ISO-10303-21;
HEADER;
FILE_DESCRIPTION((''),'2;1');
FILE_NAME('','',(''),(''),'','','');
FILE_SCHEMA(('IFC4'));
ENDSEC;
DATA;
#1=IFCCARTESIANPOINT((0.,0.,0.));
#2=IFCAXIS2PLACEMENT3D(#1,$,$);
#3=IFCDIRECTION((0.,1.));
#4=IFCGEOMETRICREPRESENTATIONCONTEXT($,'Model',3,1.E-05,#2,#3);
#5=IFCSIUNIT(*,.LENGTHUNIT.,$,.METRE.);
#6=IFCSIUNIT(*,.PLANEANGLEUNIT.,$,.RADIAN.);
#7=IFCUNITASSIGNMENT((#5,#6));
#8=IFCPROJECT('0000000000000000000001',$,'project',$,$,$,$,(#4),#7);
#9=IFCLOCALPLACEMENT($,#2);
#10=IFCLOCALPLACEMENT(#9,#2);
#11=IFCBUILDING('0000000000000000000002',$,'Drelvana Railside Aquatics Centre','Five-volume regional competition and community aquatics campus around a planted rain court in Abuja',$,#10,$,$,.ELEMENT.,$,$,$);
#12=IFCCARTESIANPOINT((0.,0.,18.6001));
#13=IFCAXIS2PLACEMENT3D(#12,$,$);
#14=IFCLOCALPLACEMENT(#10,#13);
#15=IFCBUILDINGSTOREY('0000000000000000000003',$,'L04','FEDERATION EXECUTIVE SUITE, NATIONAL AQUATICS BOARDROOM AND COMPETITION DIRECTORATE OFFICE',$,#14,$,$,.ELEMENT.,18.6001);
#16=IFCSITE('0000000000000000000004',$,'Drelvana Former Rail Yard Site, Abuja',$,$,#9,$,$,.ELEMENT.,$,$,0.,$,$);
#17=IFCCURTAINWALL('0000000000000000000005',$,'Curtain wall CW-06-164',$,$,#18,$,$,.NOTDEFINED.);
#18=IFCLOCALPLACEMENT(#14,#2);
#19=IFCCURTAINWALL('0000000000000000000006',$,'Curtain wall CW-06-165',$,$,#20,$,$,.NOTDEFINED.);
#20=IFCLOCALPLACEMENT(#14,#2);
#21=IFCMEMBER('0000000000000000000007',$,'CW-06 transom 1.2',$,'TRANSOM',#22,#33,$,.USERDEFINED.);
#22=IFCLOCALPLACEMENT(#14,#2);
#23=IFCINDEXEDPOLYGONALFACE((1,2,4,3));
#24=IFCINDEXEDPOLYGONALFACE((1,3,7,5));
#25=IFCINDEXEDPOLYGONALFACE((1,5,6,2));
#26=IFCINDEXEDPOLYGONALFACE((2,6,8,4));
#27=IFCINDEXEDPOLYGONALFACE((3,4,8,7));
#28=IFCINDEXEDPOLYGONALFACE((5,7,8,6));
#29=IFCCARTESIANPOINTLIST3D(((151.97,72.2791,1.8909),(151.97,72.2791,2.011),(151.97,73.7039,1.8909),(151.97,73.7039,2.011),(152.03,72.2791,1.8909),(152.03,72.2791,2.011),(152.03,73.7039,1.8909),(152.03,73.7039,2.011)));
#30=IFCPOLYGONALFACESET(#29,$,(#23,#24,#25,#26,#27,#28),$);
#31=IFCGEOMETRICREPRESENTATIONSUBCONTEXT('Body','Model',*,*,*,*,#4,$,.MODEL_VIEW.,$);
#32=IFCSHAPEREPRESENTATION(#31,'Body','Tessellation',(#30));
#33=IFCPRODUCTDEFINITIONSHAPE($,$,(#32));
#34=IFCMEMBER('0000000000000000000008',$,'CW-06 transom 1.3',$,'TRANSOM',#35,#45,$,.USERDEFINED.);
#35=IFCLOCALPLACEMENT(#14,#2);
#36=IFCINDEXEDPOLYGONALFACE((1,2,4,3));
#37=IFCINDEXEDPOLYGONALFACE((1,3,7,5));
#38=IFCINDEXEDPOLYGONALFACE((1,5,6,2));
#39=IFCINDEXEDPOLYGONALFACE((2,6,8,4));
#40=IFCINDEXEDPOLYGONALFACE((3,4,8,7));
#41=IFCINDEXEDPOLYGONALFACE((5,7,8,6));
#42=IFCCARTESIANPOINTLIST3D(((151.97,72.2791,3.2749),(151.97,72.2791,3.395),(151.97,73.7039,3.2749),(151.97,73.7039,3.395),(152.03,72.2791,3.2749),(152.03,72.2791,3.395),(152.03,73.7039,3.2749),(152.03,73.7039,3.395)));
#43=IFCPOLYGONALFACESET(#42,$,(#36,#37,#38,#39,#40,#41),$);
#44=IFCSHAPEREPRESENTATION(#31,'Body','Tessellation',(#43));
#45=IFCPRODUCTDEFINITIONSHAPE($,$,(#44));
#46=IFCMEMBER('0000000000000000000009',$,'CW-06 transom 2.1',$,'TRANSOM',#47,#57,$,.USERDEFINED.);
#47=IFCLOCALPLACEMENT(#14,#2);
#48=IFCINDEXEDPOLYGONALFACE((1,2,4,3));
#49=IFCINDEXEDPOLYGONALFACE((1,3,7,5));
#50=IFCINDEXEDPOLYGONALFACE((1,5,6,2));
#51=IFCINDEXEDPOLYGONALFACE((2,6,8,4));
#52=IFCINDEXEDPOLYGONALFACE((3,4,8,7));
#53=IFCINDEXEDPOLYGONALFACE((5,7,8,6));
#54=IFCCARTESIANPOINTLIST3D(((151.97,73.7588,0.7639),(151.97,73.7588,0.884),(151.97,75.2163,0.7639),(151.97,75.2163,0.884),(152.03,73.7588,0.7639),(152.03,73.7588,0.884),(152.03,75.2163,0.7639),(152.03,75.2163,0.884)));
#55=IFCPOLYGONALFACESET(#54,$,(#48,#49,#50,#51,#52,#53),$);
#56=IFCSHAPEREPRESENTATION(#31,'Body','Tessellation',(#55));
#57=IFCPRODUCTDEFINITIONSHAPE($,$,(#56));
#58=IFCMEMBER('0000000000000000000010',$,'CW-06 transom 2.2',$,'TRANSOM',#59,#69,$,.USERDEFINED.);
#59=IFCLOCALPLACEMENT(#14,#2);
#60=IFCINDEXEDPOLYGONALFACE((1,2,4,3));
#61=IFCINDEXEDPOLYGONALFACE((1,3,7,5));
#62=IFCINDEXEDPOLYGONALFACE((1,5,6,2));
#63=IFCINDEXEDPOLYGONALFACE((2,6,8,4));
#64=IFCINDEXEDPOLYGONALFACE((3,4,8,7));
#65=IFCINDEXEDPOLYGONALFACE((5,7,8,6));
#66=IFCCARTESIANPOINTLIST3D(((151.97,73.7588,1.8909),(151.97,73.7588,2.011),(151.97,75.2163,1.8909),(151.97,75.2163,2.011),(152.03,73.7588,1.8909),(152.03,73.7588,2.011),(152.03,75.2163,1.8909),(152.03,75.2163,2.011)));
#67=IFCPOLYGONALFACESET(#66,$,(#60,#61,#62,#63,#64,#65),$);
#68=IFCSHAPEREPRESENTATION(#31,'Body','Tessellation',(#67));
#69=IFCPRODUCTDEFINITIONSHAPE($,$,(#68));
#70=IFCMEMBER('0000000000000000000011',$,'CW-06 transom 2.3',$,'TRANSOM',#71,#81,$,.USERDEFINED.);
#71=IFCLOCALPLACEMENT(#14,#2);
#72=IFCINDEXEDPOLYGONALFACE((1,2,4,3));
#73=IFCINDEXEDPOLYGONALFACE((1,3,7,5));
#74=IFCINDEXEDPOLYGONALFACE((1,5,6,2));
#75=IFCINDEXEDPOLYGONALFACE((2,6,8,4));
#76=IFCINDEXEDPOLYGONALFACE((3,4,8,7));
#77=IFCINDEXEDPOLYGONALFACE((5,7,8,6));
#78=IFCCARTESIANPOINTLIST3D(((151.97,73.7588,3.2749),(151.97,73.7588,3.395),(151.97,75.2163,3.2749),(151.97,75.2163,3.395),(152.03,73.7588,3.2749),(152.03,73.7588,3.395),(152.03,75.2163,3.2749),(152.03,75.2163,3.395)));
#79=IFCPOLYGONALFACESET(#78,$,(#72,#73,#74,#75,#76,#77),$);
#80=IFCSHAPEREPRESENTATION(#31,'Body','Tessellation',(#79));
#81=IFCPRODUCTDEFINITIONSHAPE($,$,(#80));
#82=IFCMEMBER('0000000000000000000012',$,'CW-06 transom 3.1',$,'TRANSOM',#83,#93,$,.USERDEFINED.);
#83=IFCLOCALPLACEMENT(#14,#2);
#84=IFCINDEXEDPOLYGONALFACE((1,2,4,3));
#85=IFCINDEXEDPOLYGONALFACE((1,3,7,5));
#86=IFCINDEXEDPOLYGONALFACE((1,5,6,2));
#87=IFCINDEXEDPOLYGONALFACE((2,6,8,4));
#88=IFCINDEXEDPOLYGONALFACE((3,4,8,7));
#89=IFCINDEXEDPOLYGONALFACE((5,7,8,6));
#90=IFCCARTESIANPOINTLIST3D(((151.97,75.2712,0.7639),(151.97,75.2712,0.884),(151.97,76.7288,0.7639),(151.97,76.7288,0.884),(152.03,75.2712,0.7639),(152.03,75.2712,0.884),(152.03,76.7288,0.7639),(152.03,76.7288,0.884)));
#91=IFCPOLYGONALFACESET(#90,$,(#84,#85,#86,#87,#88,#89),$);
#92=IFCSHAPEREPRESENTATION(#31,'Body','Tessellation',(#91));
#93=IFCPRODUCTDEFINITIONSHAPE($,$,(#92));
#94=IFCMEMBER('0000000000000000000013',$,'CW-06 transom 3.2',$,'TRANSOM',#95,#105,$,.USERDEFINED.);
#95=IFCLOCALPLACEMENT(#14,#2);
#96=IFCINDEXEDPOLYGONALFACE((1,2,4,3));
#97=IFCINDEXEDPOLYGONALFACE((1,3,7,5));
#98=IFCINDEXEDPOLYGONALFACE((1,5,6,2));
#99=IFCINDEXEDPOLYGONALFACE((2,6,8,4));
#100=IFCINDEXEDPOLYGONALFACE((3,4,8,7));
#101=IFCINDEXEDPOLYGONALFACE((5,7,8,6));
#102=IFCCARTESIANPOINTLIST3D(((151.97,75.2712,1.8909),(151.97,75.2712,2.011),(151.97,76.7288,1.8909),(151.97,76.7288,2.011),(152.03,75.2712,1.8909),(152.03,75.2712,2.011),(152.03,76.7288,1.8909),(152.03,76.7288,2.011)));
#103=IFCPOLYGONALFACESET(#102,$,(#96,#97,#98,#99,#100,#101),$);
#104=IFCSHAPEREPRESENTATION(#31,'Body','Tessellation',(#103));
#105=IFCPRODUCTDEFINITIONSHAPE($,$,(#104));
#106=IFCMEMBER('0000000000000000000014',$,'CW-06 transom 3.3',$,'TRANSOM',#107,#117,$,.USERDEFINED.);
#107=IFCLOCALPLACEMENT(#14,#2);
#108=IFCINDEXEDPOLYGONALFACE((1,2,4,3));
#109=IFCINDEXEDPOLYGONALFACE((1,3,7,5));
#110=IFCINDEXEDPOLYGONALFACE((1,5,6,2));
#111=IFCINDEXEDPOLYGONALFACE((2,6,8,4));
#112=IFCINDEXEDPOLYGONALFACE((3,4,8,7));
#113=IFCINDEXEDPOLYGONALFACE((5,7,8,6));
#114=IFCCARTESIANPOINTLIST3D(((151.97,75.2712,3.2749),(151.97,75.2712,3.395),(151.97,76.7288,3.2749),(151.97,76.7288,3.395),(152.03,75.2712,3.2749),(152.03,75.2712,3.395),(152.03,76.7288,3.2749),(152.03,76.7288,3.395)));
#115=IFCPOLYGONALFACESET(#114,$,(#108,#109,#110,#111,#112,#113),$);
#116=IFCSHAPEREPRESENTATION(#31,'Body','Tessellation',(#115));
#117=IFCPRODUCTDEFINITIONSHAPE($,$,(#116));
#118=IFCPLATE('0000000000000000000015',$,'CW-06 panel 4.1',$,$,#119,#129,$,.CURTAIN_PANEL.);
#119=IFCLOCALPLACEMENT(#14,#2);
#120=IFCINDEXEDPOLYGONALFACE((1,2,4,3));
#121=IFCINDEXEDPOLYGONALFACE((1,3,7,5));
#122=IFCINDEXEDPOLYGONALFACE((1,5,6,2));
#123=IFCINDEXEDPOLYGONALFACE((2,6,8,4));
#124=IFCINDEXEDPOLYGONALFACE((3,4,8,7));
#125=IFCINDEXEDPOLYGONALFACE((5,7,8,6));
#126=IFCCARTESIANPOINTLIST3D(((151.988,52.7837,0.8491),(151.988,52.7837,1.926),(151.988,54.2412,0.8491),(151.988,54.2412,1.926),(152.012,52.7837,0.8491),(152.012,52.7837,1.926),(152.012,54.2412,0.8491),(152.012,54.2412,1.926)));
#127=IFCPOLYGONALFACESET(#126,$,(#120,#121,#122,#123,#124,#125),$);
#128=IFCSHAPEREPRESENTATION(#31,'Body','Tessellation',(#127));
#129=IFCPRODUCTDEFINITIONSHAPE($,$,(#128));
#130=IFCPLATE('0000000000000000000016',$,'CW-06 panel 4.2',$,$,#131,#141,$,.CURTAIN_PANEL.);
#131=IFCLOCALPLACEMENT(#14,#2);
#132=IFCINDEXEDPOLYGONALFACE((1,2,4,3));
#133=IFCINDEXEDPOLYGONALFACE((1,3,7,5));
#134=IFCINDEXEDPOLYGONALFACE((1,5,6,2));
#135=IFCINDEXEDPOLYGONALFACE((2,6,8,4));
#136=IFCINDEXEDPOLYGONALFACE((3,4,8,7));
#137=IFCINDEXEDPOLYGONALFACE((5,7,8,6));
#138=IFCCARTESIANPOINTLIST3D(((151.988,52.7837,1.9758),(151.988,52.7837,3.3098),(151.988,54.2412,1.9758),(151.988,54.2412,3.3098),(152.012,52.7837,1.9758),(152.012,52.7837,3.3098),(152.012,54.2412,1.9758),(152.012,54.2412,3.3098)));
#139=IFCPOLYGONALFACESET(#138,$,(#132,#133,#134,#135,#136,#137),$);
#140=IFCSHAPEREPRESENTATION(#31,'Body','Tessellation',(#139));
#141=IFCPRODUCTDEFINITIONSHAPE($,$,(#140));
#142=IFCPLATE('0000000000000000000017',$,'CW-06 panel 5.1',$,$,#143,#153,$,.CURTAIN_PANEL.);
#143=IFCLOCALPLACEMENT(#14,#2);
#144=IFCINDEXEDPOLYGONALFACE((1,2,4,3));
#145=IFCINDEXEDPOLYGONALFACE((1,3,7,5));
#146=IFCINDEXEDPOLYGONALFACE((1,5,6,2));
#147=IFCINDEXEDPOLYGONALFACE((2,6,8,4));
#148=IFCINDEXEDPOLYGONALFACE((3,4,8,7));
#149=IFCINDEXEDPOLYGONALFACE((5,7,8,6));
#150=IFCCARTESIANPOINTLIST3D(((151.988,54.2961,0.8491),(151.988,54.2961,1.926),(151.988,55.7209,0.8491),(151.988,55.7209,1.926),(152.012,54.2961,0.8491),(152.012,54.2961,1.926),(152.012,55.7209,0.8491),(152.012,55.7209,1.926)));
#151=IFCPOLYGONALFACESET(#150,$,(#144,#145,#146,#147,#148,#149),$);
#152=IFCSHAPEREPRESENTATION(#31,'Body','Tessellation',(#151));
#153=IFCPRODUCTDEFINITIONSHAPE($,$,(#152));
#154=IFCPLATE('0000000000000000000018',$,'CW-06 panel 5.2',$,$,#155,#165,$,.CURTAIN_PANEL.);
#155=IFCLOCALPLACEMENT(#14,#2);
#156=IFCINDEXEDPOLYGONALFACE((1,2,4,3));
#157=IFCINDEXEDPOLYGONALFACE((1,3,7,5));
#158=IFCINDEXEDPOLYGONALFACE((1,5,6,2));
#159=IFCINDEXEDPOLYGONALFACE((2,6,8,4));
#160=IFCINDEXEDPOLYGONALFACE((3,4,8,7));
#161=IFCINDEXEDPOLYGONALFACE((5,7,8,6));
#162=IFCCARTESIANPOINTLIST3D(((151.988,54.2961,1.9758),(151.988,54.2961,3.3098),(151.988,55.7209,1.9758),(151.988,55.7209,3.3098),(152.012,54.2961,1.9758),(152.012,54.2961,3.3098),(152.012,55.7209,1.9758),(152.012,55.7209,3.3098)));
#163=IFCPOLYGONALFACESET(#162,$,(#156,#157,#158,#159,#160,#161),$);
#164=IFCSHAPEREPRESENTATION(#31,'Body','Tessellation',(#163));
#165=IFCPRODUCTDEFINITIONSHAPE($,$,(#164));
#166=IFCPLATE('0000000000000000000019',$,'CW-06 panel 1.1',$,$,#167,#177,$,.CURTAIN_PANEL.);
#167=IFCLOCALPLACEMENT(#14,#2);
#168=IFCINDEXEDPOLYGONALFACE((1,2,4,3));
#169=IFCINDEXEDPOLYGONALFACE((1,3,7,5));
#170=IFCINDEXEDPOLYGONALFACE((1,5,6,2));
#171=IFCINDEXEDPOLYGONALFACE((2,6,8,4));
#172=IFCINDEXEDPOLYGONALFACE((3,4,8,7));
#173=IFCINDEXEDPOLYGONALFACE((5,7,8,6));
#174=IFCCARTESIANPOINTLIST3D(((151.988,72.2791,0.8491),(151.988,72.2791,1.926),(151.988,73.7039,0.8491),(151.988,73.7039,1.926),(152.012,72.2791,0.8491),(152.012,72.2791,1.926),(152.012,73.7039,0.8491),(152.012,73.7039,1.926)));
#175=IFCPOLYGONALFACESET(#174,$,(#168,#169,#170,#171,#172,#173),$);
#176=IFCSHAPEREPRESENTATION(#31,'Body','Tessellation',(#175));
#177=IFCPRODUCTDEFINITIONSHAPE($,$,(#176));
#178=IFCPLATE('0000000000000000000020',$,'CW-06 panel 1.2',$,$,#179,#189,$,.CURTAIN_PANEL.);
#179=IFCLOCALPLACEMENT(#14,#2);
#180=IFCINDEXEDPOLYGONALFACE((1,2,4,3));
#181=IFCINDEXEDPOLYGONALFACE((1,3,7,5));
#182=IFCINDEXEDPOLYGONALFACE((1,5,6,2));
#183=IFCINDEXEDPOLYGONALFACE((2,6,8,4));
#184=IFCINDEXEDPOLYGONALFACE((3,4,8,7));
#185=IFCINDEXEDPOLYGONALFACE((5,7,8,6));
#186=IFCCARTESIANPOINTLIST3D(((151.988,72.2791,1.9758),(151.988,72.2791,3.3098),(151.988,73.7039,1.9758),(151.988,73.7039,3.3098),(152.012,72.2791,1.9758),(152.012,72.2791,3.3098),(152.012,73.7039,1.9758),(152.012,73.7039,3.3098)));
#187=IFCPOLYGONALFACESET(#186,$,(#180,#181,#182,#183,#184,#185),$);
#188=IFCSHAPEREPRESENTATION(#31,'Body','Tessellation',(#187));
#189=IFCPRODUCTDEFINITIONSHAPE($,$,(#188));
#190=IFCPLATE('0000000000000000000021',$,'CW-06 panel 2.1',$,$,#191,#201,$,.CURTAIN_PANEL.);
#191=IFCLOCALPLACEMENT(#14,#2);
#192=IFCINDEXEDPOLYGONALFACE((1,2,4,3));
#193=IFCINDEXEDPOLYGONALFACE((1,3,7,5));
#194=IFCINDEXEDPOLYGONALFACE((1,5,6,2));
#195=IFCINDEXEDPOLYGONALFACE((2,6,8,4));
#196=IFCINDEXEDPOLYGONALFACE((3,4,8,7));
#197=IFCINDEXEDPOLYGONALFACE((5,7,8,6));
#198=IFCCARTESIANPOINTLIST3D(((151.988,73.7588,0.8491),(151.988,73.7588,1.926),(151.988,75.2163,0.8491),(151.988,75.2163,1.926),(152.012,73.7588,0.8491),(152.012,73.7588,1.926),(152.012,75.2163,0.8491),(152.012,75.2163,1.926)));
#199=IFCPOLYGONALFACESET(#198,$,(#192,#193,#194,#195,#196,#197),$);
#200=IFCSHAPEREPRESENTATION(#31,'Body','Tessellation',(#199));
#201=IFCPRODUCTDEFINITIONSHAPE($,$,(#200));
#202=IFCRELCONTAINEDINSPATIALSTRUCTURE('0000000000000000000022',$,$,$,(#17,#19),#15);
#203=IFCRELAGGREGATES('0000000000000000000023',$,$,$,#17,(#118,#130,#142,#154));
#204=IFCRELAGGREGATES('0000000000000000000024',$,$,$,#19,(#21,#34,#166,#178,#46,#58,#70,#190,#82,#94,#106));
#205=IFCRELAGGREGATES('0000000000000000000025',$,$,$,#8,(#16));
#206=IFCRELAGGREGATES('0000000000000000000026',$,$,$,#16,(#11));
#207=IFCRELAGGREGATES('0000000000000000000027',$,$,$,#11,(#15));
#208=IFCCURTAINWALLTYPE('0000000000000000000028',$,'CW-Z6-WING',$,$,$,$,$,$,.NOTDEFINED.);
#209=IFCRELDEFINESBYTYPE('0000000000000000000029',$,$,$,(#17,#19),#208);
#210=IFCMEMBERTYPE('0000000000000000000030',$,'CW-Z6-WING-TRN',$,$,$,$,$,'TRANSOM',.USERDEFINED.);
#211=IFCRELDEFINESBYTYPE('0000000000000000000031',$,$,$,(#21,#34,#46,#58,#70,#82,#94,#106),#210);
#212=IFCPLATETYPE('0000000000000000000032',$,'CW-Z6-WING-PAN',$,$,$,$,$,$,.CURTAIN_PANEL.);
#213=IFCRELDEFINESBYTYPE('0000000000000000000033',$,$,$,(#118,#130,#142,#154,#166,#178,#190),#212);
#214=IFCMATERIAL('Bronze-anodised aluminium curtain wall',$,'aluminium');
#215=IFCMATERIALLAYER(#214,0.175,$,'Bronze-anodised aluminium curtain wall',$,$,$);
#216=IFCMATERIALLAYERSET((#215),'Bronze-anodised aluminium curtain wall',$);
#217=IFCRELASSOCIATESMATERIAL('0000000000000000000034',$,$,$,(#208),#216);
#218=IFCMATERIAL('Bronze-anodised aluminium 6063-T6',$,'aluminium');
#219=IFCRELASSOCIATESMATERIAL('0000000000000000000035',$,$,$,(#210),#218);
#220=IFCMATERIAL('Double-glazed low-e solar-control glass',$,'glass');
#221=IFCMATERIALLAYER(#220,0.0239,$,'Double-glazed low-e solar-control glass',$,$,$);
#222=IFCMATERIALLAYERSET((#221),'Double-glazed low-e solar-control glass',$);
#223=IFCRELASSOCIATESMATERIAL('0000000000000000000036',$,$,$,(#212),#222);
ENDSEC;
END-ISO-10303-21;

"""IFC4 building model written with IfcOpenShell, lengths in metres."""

from ifc_helpers import new_model, si_unit, direction, frame, origin, origin_2d, place, context, subcontext, project, spatial, rectangle, extrude, material, layer, layer_set, material_profile, profile_set, type_object, element, aggregate, save


model = new_model("IFC4")

# Units and contexts
model_context = context("Model", 3, precision=1e-05, world=origin(), true_north=direction((0.0, 1.0)))
body_context = subcontext(model_context, "Body", "Model", "MODEL_VIEW")
ifc_project = project(units=[si_unit("LENGTHUNIT", "METRE"), si_unit("PLANEANGLEUNIT", "RADIAN")], contexts=[model_context])

# Site, building, storey
site_placement = place(None, origin())
site = spatial("IfcSite", under=ifc_project, at=site_placement, Name="Drelvana Former Rail Yard Site, Abuja", CompositionType="ELEMENT", RefElevation=0.0)
building_placement = place(site_placement, origin())
building = spatial("IfcBuilding", under=site, at=building_placement, Name="Drelvana Railside Aquatics Centre", Description="Five-volume regional competition and community aquatics campus around a planted rain court in Abuja", CompositionType="ELEMENT")
storey_placement = place(building_placement, frame((0.0, 0.0, 18.6001)))
storey = spatial("IfcBuildingStorey", under=building, at=storey_placement, Name="L04", Description="FEDERATION EXECUTIVE SUITE, NATIONAL AQUATICS BOARDROOM AND COMPETITION DIRECTORATE OFFICE", CompositionType="ELEMENT", Elevation=18.6001)

# Curtain walls
ifc_material_1 = material(Name="Bronze-anodised aluminium curtain wall", Category="aluminium")
ifc_layer_1 = layer(ifc_material_1, 0.175, Name="Bronze-anodised aluminium curtain wall")
ifc_layer_set_1 = layer_set([ifc_layer_1], Name="Bronze-anodised aluminium curtain wall")
curtain_wall_type = type_object("IfcCurtainWallType", Name="CW-Z6-WING", PredefinedType="NOTDEFINED", material=ifc_layer_set_1)
curtain_wall_1_placement = place(storey_placement, origin())
curtain_wall_1 = element("IfcCurtainWall", 1, at=curtain_wall_1_placement, inside=storey, type_object=curtain_wall_type, Name="Curtain wall CW-06-164", PredefinedType="NOTDEFINED")
ifc_material_2 = material(Name="Bronze-anodised aluminium 6063-T6", Category="aluminium")
curtain_wall_2_placement = place(storey_placement, origin())
curtain_wall_2 = element("IfcCurtainWall", 2, at=curtain_wall_2_placement, inside=storey, type_object=curtain_wall_type, Name="Curtain wall CW-06-165", PredefinedType="NOTDEFINED")

# Members
ifc_material_profile_1 = material_profile(ifc_material_2, rectangle(XDim=0.1201, YDim=0.0601, at=origin_2d()), Name="ALU-T 60x120")
ifc_profile_set_1 = profile_set([ifc_material_profile_1], Name="Bronze-anodised aluminium 6063-T6")
member_type_1 = type_object("IfcMemberType", Name="CW-Z6-WING-TRN", ElementType="TRANSOM", PredefinedType="USERDEFINED", material=ifc_profile_set_1)
member_1_placement = place(storey_placement, frame((152.0, 72.2791, 1.9509), z_axis=(0.0, 1.0, 0.0), x_axis=(0.0, 0.0, 1.0)))
member_1 = element("IfcMember", 3, at=member_1_placement, type_object=member_type_1, Name="CW-06 transom 1.2", ObjectType="TRANSOM", PredefinedType="USERDEFINED", context=body_context, shape_type="SweptSolid", body=[
    extrude(rectangle(XDim=0.1201, YDim=0.0601, at=origin_2d()), origin(), (0.0, 0.0, 1.0), 1.4248),
])
member_2_placement = place(storey_placement, frame((152.0, 72.2791, 3.335), z_axis=(0.0, 1.0, 0.0), x_axis=(0.0, 0.0, 1.0)))
member_2 = element("IfcMember", 4, at=member_2_placement, type_object=member_type_1, Name="CW-06 transom 1.3", ObjectType="TRANSOM", PredefinedType="USERDEFINED", context=body_context, shape_type="SweptSolid", body=[
    extrude(rectangle(XDim=0.1201, YDim=0.0601, at=origin_2d()), origin(), (0.0, 0.0, 1.0), 1.4248),
])
member_3_placement = place(storey_placement, frame((152.0, 73.7588, 0.824), z_axis=(0.0, 1.0, 0.0), x_axis=(0.0, 0.0, 1.0)))
member_3 = element("IfcMember", 5, at=member_3_placement, type_object=member_type_1, Name="CW-06 transom 2.1", ObjectType="TRANSOM", PredefinedType="USERDEFINED", context=body_context, shape_type="SweptSolid", body=[
    extrude(rectangle(XDim=0.1201, YDim=0.0601, at=origin_2d()), origin(), (0.0, 0.0, 1.0), 1.4575),
])
member_4_placement = place(storey_placement, frame((152.0, 73.7588, 1.9509), z_axis=(0.0, 1.0, 0.0), x_axis=(0.0, 0.0, 1.0)))
member_4 = element("IfcMember", 6, at=member_4_placement, type_object=member_type_1, Name="CW-06 transom 2.2", ObjectType="TRANSOM", PredefinedType="USERDEFINED", context=body_context, shape_type="SweptSolid", body=[
    extrude(rectangle(XDim=0.1201, YDim=0.0601, at=origin_2d()), origin(), (0.0, 0.0, 1.0), 1.4575),
])
member_5_placement = place(storey_placement, frame((152.0, 73.7588, 3.335), z_axis=(0.0, 1.0, 0.0), x_axis=(0.0, 0.0, 1.0)))
member_5 = element("IfcMember", 7, at=member_5_placement, type_object=member_type_1, Name="CW-06 transom 2.3", ObjectType="TRANSOM", PredefinedType="USERDEFINED", context=body_context, shape_type="SweptSolid", body=[
    extrude(rectangle(XDim=0.1201, YDim=0.0601, at=origin_2d()), origin(), (0.0, 0.0, 1.0), 1.4575),
])
member_6_placement = place(storey_placement, frame((152.0, 75.2712, 0.824), z_axis=(0.0, 1.0, 0.0), x_axis=(0.0, 0.0, 1.0)))
member_6 = element("IfcMember", 8, at=member_6_placement, type_object=member_type_1, Name="CW-06 transom 3.1", ObjectType="TRANSOM", PredefinedType="USERDEFINED", context=body_context, shape_type="SweptSolid", body=[
    extrude(rectangle(XDim=0.1201, YDim=0.0601, at=origin_2d()), origin(), (0.0, 0.0, 1.0), 1.4575),
])
member_7_placement = place(storey_placement, frame((152.0, 75.2712, 1.9509), z_axis=(0.0, 1.0, 0.0), x_axis=(0.0, 0.0, 1.0)))
member_7 = element("IfcMember", 9, at=member_7_placement, type_object=member_type_1, Name="CW-06 transom 3.2", ObjectType="TRANSOM", PredefinedType="USERDEFINED", context=body_context, shape_type="SweptSolid", body=[
    extrude(rectangle(XDim=0.1201, YDim=0.0601, at=origin_2d()), origin(), (0.0, 0.0, 1.0), 1.4575),
])
member_8_placement = place(storey_placement, frame((152.0, 75.2712, 3.335), z_axis=(0.0, 1.0, 0.0), x_axis=(0.0, 0.0, 1.0)))
member_8 = element("IfcMember", 10, at=member_8_placement, type_object=member_type_1, Name="CW-06 transom 3.3", ObjectType="TRANSOM", PredefinedType="USERDEFINED", context=body_context, shape_type="SweptSolid", body=[
    extrude(rectangle(XDim=0.1201, YDim=0.0601, at=origin_2d()), origin(), (0.0, 0.0, 1.0), 1.4575),
])

# Plates
ifc_material_3 = material(Name="Double-glazed low-e solar-control glass", Category="glass")
ifc_layer_2 = layer(ifc_material_3, 0.0239, Name="Double-glazed low-e solar-control glass")
ifc_layer_set_2 = layer_set([ifc_layer_2], Name="Double-glazed low-e solar-control glass")
plate_type = type_object("IfcPlateType", Name="CW-Z6-WING-PAN", PredefinedType="CURTAIN_PANEL", material=ifc_layer_set_2)
plate_1_placement = place(storey_placement, frame((152.0, 53.5125, 0.8491), z_axis=(0.0, 0.0, 1.0), x_axis=(0.0, 1.0, 0.0)))
plate_1 = element("IfcPlate", 11, at=plate_1_placement, type_object=plate_type, Name="CW-06 panel 4.1", PredefinedType="CURTAIN_PANEL", context=body_context, shape_type="SweptSolid", body=[
    extrude(rectangle(XDim=1.4575, YDim=0.0239, at=origin_2d()), origin(), (0.0, 0.0, 1.0), 1.0769),
])
plate_2_placement = place(storey_placement, frame((152.0, 53.5125, 1.9758), z_axis=(0.0, 0.0, 1.0), x_axis=(0.0, 1.0, 0.0)))
plate_2 = element("IfcPlate", 12, at=plate_2_placement, type_object=plate_type, Name="CW-06 panel 4.2", PredefinedType="CURTAIN_PANEL", context=body_context, shape_type="SweptSolid", body=[
    extrude(rectangle(XDim=1.4575, YDim=0.0239, at=origin_2d()), origin(), (0.0, 0.0, 1.0), 1.334),
])
plate_3_placement = place(storey_placement, frame((152.0, 55.0085, 0.8491), z_axis=(0.0, 0.0, 1.0), x_axis=(0.0, 1.0, 0.0)))
plate_3 = element("IfcPlate", 13, at=plate_3_placement, type_object=plate_type, Name="CW-06 panel 5.1", PredefinedType="CURTAIN_PANEL", context=body_context, shape_type="SweptSolid", body=[
    extrude(rectangle(XDim=1.4248, YDim=0.0239, at=origin_2d()), origin(), (0.0, 0.0, 1.0), 1.0769),
])
plate_4_placement = place(storey_placement, frame((152.0, 55.0085, 1.9758), z_axis=(0.0, 0.0, 1.0), x_axis=(0.0, 1.0, 0.0)))
plate_4 = element("IfcPlate", 14, at=plate_4_placement, type_object=plate_type, Name="CW-06 panel 5.2", PredefinedType="CURTAIN_PANEL", context=body_context, shape_type="SweptSolid", body=[
    extrude(rectangle(XDim=1.4248, YDim=0.0239, at=origin_2d()), origin(), (0.0, 0.0, 1.0), 1.334),
])
aggregate(curtain_wall_1, [plate_1, plate_2, plate_3, plate_4])
plate_5_placement = place(storey_placement, frame((152.0, 72.9915, 0.8491), z_axis=(0.0, 0.0, 1.0), x_axis=(0.0, 1.0, 0.0)))
plate_5 = element("IfcPlate", 15, at=plate_5_placement, type_object=plate_type, Name="CW-06 panel 1.1", PredefinedType="CURTAIN_PANEL", context=body_context, shape_type="SweptSolid", body=[
    extrude(rectangle(XDim=1.4248, YDim=0.0239, at=origin_2d()), origin(), (0.0, 0.0, 1.0), 1.0769),
])
plate_6_placement = place(storey_placement, frame((152.0, 72.9915, 1.9758), z_axis=(0.0, 0.0, 1.0), x_axis=(0.0, 1.0, 0.0)))
plate_6 = element("IfcPlate", 16, at=plate_6_placement, type_object=plate_type, Name="CW-06 panel 1.2", PredefinedType="CURTAIN_PANEL", context=body_context, shape_type="SweptSolid", body=[
    extrude(rectangle(XDim=1.4248, YDim=0.0239, at=origin_2d()), origin(), (0.0, 0.0, 1.0), 1.334),
])
plate_7_placement = place(storey_placement, frame((152.0, 74.4875, 0.8491), z_axis=(0.0, 0.0, 1.0), x_axis=(0.0, 1.0, 0.0)))
plate_7 = element("IfcPlate", 17, at=plate_7_placement, type_object=plate_type, Name="CW-06 panel 2.1", PredefinedType="CURTAIN_PANEL", context=body_context, shape_type="SweptSolid", body=[
    extrude(rectangle(XDim=1.4575, YDim=0.0239, at=origin_2d()), origin(), (0.0, 0.0, 1.0), 1.0769),
])
aggregate(curtain_wall_2, [member_1, member_2, plate_5, plate_6, member_3, member_4, member_5, plate_7, member_6, member_7, member_8])

save(model, "model.ifc")
